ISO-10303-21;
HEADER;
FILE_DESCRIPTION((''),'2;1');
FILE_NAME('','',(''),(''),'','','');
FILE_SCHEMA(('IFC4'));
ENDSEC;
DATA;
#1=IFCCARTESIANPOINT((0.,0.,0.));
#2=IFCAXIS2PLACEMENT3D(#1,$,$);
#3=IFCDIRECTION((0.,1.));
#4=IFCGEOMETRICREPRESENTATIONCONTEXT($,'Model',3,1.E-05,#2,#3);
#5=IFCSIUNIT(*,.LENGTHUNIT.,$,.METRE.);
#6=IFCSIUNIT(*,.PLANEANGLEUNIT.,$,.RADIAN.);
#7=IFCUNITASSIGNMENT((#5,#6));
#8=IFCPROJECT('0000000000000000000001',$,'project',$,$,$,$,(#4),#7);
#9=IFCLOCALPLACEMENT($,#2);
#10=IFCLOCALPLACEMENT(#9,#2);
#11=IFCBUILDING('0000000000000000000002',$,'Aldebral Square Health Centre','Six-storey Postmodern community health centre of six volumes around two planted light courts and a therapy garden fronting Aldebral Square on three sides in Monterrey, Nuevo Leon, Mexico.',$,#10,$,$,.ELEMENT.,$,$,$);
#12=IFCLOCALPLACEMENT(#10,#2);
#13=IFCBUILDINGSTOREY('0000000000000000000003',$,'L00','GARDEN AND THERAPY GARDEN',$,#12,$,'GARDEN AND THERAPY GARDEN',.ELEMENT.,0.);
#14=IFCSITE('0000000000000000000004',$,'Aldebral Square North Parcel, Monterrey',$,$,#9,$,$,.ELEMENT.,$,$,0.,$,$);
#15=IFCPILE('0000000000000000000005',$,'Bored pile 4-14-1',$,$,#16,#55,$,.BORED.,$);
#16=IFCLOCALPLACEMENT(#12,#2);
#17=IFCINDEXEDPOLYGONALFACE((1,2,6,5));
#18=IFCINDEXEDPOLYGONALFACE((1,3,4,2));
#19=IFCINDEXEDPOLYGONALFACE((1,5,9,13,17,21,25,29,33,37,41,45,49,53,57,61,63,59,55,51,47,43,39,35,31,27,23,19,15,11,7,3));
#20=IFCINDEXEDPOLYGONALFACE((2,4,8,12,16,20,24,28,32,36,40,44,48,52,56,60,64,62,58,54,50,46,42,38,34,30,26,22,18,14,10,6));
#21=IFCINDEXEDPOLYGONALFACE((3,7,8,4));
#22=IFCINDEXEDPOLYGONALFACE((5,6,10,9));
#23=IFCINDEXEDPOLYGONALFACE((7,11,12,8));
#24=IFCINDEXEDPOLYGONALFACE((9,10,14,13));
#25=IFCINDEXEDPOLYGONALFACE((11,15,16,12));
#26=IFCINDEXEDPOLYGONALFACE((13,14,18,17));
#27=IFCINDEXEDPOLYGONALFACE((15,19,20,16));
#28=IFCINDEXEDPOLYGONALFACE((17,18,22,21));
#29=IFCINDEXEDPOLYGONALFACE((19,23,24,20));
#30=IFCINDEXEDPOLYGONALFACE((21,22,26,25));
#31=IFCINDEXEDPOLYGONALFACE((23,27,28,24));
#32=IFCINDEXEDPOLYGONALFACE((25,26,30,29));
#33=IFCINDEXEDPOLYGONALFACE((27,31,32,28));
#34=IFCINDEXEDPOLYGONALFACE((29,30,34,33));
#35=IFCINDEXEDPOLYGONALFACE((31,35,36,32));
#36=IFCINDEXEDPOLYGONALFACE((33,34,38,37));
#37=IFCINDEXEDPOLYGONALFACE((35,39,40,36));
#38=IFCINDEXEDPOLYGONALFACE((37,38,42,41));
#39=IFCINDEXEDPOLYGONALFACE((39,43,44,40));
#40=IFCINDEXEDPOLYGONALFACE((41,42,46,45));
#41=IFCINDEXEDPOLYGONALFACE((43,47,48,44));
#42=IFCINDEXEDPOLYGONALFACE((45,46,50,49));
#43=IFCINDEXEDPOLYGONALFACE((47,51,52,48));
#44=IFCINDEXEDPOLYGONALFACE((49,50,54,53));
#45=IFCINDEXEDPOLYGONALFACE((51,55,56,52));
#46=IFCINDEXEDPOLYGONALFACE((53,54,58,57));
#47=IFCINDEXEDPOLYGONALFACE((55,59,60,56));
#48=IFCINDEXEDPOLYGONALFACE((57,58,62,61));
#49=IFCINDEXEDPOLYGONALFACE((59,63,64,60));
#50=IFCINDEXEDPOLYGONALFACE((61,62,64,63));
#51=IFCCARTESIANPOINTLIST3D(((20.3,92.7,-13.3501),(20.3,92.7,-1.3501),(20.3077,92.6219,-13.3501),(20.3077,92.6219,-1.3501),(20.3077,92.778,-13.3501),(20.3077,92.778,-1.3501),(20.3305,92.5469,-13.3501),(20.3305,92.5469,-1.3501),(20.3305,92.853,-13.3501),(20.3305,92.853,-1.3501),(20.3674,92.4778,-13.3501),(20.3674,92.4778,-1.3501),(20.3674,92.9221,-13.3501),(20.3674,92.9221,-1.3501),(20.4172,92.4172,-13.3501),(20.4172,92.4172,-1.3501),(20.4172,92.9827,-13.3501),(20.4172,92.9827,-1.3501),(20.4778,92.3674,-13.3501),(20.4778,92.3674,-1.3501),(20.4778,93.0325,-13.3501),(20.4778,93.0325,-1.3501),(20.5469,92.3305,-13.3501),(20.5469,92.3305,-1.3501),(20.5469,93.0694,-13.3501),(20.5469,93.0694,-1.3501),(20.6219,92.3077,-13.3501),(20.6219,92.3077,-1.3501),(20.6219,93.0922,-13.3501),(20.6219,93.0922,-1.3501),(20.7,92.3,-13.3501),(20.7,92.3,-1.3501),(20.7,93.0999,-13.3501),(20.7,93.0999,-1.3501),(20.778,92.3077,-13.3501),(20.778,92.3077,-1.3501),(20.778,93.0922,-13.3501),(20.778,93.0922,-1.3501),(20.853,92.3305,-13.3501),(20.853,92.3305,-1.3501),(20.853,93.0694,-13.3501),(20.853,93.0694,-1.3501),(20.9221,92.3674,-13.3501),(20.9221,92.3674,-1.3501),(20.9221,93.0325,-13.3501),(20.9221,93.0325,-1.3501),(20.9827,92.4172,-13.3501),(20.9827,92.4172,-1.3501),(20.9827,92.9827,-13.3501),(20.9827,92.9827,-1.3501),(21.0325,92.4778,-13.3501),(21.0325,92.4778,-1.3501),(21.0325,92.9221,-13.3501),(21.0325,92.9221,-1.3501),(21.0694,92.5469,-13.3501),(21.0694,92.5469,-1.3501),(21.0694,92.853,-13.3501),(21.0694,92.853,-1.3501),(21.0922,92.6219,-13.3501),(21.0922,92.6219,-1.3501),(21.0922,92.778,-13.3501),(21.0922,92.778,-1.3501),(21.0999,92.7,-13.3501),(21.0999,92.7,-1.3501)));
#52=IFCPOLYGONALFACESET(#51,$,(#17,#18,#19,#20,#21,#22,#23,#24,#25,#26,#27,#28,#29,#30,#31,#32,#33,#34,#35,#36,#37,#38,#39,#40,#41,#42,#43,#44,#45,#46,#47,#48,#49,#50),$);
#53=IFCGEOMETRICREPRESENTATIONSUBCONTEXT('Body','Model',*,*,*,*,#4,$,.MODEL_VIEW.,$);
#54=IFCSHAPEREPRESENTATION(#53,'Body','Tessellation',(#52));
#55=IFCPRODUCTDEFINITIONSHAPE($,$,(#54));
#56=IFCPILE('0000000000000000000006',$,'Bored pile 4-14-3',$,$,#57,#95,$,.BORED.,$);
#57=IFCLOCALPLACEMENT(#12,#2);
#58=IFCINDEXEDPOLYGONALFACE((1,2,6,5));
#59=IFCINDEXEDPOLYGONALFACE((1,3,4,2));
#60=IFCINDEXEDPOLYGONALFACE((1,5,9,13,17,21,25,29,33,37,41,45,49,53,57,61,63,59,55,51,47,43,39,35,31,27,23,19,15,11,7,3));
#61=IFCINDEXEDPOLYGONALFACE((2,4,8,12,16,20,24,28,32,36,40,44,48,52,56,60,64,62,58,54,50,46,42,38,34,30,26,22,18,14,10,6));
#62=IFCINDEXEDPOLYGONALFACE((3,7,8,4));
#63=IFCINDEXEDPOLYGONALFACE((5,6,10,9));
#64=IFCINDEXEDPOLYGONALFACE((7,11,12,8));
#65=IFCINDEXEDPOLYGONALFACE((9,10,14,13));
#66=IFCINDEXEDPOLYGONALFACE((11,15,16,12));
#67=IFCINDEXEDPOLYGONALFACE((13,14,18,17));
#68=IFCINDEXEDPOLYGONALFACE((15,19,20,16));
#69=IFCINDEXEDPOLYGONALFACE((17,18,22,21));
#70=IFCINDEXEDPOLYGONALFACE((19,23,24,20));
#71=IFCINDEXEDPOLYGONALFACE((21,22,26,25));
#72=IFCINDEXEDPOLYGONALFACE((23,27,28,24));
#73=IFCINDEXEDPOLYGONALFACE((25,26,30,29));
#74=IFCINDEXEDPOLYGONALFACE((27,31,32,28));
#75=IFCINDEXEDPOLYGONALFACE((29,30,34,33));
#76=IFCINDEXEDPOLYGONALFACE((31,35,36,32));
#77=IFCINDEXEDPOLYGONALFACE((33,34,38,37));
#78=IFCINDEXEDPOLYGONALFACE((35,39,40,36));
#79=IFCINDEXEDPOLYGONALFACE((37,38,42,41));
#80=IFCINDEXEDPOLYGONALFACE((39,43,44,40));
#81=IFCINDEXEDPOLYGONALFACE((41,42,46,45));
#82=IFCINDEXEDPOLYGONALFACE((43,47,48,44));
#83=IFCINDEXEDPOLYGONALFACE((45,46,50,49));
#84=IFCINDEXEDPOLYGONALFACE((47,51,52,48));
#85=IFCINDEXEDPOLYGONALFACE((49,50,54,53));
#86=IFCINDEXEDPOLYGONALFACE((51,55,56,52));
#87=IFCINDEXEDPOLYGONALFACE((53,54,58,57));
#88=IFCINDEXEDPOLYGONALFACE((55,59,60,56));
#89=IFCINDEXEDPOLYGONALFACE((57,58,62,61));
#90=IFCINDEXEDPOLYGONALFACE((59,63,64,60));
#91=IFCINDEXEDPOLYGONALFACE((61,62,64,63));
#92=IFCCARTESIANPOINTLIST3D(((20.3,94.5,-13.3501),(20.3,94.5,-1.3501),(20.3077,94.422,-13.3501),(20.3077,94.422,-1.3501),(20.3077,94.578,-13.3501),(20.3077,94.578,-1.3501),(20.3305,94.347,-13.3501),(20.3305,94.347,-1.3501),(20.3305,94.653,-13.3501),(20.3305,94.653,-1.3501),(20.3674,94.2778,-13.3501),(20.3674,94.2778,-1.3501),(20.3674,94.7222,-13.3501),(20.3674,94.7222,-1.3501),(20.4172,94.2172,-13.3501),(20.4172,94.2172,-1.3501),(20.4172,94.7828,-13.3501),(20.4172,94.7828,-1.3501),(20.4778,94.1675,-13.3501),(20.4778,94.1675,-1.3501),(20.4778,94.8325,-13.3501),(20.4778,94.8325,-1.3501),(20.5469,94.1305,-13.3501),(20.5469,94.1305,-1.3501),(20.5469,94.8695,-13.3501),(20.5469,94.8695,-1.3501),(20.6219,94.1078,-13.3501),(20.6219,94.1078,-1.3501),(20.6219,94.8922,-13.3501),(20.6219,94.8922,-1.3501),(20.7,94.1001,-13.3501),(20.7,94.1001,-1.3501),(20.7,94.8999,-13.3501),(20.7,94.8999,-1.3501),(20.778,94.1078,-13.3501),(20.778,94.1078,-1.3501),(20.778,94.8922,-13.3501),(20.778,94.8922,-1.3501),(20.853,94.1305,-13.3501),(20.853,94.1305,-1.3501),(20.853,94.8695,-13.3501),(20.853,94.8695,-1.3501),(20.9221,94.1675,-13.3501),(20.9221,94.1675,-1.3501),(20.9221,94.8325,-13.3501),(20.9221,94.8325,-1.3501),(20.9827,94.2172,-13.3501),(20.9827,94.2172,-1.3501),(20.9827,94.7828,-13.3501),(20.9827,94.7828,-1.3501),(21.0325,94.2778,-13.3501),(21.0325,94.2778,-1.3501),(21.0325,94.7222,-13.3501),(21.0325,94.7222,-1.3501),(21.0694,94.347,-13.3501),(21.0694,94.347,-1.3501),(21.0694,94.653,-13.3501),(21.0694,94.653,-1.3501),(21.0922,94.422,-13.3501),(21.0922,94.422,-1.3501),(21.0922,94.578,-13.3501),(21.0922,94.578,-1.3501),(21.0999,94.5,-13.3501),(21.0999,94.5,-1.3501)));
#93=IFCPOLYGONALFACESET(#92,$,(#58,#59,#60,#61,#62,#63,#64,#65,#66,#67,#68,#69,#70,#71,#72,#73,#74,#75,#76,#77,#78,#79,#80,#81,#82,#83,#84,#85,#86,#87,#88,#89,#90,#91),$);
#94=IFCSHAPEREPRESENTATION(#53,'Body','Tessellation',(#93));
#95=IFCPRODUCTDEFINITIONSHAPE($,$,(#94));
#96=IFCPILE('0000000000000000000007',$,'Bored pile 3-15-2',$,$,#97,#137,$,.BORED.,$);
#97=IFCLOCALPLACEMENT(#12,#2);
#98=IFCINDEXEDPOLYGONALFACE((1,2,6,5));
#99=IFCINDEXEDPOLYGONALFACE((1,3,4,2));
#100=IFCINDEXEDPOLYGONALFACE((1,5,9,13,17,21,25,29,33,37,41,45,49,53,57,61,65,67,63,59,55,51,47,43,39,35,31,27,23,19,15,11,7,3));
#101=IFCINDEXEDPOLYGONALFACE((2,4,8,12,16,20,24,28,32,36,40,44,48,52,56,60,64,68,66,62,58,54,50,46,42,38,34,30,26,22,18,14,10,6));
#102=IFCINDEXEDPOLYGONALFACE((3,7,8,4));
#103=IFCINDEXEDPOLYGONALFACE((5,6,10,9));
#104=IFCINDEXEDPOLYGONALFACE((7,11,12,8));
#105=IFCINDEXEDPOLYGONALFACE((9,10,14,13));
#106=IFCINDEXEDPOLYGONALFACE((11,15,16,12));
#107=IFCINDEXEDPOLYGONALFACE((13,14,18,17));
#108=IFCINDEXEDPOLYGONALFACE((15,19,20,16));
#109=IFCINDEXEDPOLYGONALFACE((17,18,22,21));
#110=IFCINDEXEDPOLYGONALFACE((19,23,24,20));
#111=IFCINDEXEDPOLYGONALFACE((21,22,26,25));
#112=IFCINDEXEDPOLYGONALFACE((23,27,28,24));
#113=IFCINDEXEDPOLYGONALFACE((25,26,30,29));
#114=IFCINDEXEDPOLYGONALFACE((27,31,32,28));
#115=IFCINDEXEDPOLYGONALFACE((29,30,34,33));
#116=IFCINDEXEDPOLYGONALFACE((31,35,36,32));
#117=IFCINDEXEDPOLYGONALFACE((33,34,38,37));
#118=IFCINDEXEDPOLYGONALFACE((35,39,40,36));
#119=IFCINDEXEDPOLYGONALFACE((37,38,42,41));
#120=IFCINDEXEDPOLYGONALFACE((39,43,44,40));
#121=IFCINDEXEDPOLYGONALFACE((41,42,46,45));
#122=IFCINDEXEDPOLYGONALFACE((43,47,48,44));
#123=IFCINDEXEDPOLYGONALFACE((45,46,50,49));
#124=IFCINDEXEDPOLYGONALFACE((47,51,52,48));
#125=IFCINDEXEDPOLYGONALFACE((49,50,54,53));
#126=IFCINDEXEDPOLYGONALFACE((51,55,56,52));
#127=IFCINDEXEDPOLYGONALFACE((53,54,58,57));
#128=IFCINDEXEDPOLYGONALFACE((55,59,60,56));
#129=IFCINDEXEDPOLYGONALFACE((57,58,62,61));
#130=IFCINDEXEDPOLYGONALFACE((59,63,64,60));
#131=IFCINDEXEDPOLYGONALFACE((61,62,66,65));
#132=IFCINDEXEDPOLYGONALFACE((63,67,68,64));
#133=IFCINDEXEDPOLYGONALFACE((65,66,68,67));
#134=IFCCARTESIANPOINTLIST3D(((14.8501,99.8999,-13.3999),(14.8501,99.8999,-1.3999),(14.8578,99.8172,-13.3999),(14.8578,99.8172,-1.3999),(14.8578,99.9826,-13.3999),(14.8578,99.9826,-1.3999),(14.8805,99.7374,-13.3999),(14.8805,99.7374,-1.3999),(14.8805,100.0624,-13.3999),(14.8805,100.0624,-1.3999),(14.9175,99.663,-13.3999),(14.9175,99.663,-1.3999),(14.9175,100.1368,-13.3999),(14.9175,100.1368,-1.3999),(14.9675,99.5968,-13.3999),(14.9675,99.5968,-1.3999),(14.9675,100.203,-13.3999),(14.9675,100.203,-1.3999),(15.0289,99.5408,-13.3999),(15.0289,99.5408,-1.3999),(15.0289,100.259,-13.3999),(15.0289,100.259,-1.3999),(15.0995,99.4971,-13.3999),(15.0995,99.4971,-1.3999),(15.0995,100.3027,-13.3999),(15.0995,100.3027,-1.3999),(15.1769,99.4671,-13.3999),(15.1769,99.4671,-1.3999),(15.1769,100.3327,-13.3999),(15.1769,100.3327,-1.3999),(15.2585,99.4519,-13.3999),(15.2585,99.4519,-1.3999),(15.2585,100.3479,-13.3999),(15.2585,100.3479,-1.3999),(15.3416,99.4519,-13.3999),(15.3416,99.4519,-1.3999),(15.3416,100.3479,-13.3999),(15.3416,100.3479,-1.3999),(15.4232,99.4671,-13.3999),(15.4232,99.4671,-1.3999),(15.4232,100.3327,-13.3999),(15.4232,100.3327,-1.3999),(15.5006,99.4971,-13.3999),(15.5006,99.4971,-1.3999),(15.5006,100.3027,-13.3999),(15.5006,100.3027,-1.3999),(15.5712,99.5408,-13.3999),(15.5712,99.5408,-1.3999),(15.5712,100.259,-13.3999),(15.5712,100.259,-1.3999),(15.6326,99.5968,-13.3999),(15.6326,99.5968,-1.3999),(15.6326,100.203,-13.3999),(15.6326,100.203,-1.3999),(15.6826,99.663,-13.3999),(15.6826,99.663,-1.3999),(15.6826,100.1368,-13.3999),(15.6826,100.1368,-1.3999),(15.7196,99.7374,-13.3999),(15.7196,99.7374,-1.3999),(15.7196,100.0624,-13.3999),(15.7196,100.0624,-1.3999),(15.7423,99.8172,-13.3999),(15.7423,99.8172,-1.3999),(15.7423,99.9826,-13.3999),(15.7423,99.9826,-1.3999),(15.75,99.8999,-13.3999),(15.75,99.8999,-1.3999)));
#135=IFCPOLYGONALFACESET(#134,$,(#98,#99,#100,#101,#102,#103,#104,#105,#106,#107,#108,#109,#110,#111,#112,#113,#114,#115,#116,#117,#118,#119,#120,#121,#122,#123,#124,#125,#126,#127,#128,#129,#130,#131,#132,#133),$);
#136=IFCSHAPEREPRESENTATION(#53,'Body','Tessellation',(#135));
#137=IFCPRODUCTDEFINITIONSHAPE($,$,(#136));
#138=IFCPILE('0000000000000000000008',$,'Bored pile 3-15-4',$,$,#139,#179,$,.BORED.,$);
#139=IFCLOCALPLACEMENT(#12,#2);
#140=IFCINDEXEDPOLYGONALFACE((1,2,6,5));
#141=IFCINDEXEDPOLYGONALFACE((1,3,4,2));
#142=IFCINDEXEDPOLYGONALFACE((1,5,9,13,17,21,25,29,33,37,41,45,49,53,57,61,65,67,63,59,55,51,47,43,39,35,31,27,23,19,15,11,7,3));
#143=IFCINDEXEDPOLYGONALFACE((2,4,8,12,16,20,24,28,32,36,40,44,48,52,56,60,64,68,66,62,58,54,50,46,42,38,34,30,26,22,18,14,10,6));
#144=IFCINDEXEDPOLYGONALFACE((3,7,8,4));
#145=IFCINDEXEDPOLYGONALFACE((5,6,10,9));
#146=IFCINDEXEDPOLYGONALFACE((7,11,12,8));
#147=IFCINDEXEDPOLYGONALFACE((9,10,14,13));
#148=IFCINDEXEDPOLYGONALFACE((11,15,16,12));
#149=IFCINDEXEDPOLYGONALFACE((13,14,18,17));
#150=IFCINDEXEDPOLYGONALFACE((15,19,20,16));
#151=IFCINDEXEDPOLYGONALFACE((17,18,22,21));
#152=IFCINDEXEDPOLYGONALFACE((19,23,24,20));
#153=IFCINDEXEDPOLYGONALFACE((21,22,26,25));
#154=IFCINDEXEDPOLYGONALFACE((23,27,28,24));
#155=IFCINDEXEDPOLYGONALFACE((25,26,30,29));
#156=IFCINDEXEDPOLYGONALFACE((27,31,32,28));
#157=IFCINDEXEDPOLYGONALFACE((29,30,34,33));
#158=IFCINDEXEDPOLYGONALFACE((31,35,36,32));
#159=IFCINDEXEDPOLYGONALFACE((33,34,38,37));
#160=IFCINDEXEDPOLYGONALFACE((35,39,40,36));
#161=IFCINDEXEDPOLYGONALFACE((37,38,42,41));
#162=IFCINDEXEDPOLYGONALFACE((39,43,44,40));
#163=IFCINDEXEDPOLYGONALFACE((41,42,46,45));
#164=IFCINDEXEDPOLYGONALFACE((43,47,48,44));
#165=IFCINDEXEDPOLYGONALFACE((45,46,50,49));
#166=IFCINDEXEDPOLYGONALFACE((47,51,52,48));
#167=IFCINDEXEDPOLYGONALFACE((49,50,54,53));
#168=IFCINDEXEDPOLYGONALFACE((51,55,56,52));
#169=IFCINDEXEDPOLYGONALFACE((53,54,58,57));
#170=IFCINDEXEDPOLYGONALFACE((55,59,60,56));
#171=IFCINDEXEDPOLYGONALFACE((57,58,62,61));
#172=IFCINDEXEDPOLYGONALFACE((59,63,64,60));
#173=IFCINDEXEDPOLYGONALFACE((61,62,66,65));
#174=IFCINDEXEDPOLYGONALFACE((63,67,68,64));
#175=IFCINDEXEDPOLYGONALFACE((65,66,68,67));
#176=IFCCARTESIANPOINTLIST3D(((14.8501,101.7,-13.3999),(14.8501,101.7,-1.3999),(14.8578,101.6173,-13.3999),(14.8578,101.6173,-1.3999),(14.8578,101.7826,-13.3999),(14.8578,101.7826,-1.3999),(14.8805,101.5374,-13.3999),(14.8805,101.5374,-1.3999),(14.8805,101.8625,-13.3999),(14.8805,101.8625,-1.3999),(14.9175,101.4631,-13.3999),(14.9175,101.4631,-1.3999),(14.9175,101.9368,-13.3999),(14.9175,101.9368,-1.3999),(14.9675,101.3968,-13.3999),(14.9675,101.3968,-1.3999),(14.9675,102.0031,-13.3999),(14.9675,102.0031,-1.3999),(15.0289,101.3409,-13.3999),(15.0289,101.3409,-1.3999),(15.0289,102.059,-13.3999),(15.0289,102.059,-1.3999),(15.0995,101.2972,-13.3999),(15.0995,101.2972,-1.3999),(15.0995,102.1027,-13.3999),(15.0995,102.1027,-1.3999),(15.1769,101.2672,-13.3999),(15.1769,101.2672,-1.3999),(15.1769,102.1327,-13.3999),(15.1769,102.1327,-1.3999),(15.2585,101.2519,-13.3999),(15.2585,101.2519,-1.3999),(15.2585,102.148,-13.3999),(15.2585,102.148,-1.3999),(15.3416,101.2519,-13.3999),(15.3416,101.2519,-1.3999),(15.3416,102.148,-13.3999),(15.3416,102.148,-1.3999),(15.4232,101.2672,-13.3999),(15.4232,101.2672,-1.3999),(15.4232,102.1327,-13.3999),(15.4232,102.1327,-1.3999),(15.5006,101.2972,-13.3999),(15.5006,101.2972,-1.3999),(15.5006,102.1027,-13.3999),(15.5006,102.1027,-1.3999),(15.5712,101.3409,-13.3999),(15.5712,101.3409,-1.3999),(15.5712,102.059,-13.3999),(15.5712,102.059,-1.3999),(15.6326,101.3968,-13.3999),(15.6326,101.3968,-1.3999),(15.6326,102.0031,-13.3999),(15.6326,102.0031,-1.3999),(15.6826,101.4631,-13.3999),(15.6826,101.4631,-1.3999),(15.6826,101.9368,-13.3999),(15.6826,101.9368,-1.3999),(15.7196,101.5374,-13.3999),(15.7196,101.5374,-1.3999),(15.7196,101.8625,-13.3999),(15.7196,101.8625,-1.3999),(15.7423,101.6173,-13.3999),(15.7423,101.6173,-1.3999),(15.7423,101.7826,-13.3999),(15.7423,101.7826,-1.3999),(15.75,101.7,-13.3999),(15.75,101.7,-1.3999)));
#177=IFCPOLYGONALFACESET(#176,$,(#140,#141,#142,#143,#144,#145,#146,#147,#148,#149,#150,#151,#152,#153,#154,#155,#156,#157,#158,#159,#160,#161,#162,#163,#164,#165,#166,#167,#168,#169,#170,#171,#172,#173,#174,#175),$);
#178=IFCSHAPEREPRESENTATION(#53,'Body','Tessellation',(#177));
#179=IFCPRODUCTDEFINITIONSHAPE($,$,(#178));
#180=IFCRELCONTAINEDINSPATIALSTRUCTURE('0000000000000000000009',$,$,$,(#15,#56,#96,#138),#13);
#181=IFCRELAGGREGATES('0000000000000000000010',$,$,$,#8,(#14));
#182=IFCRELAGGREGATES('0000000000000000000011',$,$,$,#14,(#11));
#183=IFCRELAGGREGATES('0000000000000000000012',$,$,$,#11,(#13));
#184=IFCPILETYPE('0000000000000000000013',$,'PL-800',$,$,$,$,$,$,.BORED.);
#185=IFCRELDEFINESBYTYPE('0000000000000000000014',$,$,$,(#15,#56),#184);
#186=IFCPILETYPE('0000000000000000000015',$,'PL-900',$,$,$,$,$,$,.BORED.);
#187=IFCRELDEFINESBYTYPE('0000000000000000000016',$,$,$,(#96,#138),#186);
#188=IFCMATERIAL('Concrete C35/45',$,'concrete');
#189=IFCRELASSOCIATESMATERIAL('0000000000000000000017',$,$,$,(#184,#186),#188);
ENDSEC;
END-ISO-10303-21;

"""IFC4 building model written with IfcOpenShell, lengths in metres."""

from ifc_helpers import new_model, si_unit, direction, frame, origin, origin_2d, place, context, subcontext, project, spatial, circle, extrude, material, material_profile, profile_set, type_object, element, save


model = new_model("IFC4")

# Units and contexts
model_context = context("Model", 3, precision=1e-05, world=origin(), true_north=direction((0.0, 1.0)))
body_context = subcontext(model_context, "Body", "Model", "MODEL_VIEW")
ifc_project = project(units=[si_unit("LENGTHUNIT", "METRE"), si_unit("PLANEANGLEUNIT", "RADIAN")], contexts=[model_context])

# Site, building, storey
site_placement = place(None, origin())
site = spatial("IfcSite", under=ifc_project, at=site_placement, Name="Aldebral Square North Parcel, Monterrey", CompositionType="ELEMENT", RefElevation=0.0)
building_placement = place(site_placement, origin())
building = spatial("IfcBuilding", under=site, at=building_placement, Name="Aldebral Square Health Centre", Description="Six-storey Postmodern community health centre of six volumes around two planted light courts and a therapy garden fronting Aldebral Square on three sides in Monterrey, Nuevo Leon, Mexico.", CompositionType="ELEMENT")
storey_placement = place(building_placement, origin())
storey = spatial("IfcBuildingStorey", under=building, at=storey_placement, Name="L00", Description="GARDEN AND THERAPY GARDEN", LongName="GARDEN AND THERAPY GARDEN", CompositionType="ELEMENT", Elevation=0.0)

# Piles
ifc_material_1 = material(Name="Concrete C35/45", Category="concrete")
ifc_material_profile_1 = material_profile(ifc_material_1, circle(Radius=0.3999, at=origin_2d()), Name="PILE D800")
ifc_profile_set_1 = profile_set([ifc_material_profile_1], Name="Concrete C35/45")
pile_type_1 = type_object("IfcPileType", Name="PL-800", PredefinedType="BORED", material=ifc_profile_set_1)
for number, where, z_axis, x_axis, name in (
    (1, (20.7, 92.7, -1.3501), (0.0, 0.0, -1.0), (1.0, 0.0, 0.0), "Bored pile 4-14-1"),
    (2, (20.7, 94.5, -1.3501), (0.0, 0.0, -1.0), (1.0, 0.0, 0.0), "Bored pile 4-14-3"),
):
    element("IfcPile", number, at=place(storey_placement, frame(where, z_axis=z_axis, x_axis=x_axis)), inside=storey, type_object=pile_type_1, Name=name, PredefinedType="BORED", context=body_context, shape_type="SweptSolid", body=[
        extrude(circle(Radius=0.3999, at=origin_2d()), origin(), (0.0, 0.0, 1.0), 12.0),
    ])
ifc_material_profile_2 = material_profile(ifc_material_1, circle(Radius=0.45, at=origin_2d()), Name="PILE D900")
ifc_profile_set_2 = profile_set([ifc_material_profile_2], Name="Concrete C35/45")
pile_type_2 = type_object("IfcPileType", Name="PL-900", PredefinedType="BORED", material=ifc_profile_set_2)
for number, where, z_axis, x_axis, name in (
    (3, (15.3, 99.8999, -1.3999), (0.0, 0.0, -1.0), (1.0, 0.0, 0.0), "Bored pile 3-15-2"),
    (4, (15.3, 101.7, -1.3999), (0.0, 0.0, -1.0), (1.0, 0.0, 0.0), "Bored pile 3-15-4"),
):
    element("IfcPile", number, at=place(storey_placement, frame(where, z_axis=z_axis, x_axis=x_axis)), inside=storey, type_object=pile_type_2, Name=name, PredefinedType="BORED", context=body_context, shape_type="SweptSolid", body=[
        extrude(circle(Radius=0.45, at=origin_2d()), origin(), (0.0, 0.0, 1.0), 12.0),
    ])

save(model, "model.ifc")
